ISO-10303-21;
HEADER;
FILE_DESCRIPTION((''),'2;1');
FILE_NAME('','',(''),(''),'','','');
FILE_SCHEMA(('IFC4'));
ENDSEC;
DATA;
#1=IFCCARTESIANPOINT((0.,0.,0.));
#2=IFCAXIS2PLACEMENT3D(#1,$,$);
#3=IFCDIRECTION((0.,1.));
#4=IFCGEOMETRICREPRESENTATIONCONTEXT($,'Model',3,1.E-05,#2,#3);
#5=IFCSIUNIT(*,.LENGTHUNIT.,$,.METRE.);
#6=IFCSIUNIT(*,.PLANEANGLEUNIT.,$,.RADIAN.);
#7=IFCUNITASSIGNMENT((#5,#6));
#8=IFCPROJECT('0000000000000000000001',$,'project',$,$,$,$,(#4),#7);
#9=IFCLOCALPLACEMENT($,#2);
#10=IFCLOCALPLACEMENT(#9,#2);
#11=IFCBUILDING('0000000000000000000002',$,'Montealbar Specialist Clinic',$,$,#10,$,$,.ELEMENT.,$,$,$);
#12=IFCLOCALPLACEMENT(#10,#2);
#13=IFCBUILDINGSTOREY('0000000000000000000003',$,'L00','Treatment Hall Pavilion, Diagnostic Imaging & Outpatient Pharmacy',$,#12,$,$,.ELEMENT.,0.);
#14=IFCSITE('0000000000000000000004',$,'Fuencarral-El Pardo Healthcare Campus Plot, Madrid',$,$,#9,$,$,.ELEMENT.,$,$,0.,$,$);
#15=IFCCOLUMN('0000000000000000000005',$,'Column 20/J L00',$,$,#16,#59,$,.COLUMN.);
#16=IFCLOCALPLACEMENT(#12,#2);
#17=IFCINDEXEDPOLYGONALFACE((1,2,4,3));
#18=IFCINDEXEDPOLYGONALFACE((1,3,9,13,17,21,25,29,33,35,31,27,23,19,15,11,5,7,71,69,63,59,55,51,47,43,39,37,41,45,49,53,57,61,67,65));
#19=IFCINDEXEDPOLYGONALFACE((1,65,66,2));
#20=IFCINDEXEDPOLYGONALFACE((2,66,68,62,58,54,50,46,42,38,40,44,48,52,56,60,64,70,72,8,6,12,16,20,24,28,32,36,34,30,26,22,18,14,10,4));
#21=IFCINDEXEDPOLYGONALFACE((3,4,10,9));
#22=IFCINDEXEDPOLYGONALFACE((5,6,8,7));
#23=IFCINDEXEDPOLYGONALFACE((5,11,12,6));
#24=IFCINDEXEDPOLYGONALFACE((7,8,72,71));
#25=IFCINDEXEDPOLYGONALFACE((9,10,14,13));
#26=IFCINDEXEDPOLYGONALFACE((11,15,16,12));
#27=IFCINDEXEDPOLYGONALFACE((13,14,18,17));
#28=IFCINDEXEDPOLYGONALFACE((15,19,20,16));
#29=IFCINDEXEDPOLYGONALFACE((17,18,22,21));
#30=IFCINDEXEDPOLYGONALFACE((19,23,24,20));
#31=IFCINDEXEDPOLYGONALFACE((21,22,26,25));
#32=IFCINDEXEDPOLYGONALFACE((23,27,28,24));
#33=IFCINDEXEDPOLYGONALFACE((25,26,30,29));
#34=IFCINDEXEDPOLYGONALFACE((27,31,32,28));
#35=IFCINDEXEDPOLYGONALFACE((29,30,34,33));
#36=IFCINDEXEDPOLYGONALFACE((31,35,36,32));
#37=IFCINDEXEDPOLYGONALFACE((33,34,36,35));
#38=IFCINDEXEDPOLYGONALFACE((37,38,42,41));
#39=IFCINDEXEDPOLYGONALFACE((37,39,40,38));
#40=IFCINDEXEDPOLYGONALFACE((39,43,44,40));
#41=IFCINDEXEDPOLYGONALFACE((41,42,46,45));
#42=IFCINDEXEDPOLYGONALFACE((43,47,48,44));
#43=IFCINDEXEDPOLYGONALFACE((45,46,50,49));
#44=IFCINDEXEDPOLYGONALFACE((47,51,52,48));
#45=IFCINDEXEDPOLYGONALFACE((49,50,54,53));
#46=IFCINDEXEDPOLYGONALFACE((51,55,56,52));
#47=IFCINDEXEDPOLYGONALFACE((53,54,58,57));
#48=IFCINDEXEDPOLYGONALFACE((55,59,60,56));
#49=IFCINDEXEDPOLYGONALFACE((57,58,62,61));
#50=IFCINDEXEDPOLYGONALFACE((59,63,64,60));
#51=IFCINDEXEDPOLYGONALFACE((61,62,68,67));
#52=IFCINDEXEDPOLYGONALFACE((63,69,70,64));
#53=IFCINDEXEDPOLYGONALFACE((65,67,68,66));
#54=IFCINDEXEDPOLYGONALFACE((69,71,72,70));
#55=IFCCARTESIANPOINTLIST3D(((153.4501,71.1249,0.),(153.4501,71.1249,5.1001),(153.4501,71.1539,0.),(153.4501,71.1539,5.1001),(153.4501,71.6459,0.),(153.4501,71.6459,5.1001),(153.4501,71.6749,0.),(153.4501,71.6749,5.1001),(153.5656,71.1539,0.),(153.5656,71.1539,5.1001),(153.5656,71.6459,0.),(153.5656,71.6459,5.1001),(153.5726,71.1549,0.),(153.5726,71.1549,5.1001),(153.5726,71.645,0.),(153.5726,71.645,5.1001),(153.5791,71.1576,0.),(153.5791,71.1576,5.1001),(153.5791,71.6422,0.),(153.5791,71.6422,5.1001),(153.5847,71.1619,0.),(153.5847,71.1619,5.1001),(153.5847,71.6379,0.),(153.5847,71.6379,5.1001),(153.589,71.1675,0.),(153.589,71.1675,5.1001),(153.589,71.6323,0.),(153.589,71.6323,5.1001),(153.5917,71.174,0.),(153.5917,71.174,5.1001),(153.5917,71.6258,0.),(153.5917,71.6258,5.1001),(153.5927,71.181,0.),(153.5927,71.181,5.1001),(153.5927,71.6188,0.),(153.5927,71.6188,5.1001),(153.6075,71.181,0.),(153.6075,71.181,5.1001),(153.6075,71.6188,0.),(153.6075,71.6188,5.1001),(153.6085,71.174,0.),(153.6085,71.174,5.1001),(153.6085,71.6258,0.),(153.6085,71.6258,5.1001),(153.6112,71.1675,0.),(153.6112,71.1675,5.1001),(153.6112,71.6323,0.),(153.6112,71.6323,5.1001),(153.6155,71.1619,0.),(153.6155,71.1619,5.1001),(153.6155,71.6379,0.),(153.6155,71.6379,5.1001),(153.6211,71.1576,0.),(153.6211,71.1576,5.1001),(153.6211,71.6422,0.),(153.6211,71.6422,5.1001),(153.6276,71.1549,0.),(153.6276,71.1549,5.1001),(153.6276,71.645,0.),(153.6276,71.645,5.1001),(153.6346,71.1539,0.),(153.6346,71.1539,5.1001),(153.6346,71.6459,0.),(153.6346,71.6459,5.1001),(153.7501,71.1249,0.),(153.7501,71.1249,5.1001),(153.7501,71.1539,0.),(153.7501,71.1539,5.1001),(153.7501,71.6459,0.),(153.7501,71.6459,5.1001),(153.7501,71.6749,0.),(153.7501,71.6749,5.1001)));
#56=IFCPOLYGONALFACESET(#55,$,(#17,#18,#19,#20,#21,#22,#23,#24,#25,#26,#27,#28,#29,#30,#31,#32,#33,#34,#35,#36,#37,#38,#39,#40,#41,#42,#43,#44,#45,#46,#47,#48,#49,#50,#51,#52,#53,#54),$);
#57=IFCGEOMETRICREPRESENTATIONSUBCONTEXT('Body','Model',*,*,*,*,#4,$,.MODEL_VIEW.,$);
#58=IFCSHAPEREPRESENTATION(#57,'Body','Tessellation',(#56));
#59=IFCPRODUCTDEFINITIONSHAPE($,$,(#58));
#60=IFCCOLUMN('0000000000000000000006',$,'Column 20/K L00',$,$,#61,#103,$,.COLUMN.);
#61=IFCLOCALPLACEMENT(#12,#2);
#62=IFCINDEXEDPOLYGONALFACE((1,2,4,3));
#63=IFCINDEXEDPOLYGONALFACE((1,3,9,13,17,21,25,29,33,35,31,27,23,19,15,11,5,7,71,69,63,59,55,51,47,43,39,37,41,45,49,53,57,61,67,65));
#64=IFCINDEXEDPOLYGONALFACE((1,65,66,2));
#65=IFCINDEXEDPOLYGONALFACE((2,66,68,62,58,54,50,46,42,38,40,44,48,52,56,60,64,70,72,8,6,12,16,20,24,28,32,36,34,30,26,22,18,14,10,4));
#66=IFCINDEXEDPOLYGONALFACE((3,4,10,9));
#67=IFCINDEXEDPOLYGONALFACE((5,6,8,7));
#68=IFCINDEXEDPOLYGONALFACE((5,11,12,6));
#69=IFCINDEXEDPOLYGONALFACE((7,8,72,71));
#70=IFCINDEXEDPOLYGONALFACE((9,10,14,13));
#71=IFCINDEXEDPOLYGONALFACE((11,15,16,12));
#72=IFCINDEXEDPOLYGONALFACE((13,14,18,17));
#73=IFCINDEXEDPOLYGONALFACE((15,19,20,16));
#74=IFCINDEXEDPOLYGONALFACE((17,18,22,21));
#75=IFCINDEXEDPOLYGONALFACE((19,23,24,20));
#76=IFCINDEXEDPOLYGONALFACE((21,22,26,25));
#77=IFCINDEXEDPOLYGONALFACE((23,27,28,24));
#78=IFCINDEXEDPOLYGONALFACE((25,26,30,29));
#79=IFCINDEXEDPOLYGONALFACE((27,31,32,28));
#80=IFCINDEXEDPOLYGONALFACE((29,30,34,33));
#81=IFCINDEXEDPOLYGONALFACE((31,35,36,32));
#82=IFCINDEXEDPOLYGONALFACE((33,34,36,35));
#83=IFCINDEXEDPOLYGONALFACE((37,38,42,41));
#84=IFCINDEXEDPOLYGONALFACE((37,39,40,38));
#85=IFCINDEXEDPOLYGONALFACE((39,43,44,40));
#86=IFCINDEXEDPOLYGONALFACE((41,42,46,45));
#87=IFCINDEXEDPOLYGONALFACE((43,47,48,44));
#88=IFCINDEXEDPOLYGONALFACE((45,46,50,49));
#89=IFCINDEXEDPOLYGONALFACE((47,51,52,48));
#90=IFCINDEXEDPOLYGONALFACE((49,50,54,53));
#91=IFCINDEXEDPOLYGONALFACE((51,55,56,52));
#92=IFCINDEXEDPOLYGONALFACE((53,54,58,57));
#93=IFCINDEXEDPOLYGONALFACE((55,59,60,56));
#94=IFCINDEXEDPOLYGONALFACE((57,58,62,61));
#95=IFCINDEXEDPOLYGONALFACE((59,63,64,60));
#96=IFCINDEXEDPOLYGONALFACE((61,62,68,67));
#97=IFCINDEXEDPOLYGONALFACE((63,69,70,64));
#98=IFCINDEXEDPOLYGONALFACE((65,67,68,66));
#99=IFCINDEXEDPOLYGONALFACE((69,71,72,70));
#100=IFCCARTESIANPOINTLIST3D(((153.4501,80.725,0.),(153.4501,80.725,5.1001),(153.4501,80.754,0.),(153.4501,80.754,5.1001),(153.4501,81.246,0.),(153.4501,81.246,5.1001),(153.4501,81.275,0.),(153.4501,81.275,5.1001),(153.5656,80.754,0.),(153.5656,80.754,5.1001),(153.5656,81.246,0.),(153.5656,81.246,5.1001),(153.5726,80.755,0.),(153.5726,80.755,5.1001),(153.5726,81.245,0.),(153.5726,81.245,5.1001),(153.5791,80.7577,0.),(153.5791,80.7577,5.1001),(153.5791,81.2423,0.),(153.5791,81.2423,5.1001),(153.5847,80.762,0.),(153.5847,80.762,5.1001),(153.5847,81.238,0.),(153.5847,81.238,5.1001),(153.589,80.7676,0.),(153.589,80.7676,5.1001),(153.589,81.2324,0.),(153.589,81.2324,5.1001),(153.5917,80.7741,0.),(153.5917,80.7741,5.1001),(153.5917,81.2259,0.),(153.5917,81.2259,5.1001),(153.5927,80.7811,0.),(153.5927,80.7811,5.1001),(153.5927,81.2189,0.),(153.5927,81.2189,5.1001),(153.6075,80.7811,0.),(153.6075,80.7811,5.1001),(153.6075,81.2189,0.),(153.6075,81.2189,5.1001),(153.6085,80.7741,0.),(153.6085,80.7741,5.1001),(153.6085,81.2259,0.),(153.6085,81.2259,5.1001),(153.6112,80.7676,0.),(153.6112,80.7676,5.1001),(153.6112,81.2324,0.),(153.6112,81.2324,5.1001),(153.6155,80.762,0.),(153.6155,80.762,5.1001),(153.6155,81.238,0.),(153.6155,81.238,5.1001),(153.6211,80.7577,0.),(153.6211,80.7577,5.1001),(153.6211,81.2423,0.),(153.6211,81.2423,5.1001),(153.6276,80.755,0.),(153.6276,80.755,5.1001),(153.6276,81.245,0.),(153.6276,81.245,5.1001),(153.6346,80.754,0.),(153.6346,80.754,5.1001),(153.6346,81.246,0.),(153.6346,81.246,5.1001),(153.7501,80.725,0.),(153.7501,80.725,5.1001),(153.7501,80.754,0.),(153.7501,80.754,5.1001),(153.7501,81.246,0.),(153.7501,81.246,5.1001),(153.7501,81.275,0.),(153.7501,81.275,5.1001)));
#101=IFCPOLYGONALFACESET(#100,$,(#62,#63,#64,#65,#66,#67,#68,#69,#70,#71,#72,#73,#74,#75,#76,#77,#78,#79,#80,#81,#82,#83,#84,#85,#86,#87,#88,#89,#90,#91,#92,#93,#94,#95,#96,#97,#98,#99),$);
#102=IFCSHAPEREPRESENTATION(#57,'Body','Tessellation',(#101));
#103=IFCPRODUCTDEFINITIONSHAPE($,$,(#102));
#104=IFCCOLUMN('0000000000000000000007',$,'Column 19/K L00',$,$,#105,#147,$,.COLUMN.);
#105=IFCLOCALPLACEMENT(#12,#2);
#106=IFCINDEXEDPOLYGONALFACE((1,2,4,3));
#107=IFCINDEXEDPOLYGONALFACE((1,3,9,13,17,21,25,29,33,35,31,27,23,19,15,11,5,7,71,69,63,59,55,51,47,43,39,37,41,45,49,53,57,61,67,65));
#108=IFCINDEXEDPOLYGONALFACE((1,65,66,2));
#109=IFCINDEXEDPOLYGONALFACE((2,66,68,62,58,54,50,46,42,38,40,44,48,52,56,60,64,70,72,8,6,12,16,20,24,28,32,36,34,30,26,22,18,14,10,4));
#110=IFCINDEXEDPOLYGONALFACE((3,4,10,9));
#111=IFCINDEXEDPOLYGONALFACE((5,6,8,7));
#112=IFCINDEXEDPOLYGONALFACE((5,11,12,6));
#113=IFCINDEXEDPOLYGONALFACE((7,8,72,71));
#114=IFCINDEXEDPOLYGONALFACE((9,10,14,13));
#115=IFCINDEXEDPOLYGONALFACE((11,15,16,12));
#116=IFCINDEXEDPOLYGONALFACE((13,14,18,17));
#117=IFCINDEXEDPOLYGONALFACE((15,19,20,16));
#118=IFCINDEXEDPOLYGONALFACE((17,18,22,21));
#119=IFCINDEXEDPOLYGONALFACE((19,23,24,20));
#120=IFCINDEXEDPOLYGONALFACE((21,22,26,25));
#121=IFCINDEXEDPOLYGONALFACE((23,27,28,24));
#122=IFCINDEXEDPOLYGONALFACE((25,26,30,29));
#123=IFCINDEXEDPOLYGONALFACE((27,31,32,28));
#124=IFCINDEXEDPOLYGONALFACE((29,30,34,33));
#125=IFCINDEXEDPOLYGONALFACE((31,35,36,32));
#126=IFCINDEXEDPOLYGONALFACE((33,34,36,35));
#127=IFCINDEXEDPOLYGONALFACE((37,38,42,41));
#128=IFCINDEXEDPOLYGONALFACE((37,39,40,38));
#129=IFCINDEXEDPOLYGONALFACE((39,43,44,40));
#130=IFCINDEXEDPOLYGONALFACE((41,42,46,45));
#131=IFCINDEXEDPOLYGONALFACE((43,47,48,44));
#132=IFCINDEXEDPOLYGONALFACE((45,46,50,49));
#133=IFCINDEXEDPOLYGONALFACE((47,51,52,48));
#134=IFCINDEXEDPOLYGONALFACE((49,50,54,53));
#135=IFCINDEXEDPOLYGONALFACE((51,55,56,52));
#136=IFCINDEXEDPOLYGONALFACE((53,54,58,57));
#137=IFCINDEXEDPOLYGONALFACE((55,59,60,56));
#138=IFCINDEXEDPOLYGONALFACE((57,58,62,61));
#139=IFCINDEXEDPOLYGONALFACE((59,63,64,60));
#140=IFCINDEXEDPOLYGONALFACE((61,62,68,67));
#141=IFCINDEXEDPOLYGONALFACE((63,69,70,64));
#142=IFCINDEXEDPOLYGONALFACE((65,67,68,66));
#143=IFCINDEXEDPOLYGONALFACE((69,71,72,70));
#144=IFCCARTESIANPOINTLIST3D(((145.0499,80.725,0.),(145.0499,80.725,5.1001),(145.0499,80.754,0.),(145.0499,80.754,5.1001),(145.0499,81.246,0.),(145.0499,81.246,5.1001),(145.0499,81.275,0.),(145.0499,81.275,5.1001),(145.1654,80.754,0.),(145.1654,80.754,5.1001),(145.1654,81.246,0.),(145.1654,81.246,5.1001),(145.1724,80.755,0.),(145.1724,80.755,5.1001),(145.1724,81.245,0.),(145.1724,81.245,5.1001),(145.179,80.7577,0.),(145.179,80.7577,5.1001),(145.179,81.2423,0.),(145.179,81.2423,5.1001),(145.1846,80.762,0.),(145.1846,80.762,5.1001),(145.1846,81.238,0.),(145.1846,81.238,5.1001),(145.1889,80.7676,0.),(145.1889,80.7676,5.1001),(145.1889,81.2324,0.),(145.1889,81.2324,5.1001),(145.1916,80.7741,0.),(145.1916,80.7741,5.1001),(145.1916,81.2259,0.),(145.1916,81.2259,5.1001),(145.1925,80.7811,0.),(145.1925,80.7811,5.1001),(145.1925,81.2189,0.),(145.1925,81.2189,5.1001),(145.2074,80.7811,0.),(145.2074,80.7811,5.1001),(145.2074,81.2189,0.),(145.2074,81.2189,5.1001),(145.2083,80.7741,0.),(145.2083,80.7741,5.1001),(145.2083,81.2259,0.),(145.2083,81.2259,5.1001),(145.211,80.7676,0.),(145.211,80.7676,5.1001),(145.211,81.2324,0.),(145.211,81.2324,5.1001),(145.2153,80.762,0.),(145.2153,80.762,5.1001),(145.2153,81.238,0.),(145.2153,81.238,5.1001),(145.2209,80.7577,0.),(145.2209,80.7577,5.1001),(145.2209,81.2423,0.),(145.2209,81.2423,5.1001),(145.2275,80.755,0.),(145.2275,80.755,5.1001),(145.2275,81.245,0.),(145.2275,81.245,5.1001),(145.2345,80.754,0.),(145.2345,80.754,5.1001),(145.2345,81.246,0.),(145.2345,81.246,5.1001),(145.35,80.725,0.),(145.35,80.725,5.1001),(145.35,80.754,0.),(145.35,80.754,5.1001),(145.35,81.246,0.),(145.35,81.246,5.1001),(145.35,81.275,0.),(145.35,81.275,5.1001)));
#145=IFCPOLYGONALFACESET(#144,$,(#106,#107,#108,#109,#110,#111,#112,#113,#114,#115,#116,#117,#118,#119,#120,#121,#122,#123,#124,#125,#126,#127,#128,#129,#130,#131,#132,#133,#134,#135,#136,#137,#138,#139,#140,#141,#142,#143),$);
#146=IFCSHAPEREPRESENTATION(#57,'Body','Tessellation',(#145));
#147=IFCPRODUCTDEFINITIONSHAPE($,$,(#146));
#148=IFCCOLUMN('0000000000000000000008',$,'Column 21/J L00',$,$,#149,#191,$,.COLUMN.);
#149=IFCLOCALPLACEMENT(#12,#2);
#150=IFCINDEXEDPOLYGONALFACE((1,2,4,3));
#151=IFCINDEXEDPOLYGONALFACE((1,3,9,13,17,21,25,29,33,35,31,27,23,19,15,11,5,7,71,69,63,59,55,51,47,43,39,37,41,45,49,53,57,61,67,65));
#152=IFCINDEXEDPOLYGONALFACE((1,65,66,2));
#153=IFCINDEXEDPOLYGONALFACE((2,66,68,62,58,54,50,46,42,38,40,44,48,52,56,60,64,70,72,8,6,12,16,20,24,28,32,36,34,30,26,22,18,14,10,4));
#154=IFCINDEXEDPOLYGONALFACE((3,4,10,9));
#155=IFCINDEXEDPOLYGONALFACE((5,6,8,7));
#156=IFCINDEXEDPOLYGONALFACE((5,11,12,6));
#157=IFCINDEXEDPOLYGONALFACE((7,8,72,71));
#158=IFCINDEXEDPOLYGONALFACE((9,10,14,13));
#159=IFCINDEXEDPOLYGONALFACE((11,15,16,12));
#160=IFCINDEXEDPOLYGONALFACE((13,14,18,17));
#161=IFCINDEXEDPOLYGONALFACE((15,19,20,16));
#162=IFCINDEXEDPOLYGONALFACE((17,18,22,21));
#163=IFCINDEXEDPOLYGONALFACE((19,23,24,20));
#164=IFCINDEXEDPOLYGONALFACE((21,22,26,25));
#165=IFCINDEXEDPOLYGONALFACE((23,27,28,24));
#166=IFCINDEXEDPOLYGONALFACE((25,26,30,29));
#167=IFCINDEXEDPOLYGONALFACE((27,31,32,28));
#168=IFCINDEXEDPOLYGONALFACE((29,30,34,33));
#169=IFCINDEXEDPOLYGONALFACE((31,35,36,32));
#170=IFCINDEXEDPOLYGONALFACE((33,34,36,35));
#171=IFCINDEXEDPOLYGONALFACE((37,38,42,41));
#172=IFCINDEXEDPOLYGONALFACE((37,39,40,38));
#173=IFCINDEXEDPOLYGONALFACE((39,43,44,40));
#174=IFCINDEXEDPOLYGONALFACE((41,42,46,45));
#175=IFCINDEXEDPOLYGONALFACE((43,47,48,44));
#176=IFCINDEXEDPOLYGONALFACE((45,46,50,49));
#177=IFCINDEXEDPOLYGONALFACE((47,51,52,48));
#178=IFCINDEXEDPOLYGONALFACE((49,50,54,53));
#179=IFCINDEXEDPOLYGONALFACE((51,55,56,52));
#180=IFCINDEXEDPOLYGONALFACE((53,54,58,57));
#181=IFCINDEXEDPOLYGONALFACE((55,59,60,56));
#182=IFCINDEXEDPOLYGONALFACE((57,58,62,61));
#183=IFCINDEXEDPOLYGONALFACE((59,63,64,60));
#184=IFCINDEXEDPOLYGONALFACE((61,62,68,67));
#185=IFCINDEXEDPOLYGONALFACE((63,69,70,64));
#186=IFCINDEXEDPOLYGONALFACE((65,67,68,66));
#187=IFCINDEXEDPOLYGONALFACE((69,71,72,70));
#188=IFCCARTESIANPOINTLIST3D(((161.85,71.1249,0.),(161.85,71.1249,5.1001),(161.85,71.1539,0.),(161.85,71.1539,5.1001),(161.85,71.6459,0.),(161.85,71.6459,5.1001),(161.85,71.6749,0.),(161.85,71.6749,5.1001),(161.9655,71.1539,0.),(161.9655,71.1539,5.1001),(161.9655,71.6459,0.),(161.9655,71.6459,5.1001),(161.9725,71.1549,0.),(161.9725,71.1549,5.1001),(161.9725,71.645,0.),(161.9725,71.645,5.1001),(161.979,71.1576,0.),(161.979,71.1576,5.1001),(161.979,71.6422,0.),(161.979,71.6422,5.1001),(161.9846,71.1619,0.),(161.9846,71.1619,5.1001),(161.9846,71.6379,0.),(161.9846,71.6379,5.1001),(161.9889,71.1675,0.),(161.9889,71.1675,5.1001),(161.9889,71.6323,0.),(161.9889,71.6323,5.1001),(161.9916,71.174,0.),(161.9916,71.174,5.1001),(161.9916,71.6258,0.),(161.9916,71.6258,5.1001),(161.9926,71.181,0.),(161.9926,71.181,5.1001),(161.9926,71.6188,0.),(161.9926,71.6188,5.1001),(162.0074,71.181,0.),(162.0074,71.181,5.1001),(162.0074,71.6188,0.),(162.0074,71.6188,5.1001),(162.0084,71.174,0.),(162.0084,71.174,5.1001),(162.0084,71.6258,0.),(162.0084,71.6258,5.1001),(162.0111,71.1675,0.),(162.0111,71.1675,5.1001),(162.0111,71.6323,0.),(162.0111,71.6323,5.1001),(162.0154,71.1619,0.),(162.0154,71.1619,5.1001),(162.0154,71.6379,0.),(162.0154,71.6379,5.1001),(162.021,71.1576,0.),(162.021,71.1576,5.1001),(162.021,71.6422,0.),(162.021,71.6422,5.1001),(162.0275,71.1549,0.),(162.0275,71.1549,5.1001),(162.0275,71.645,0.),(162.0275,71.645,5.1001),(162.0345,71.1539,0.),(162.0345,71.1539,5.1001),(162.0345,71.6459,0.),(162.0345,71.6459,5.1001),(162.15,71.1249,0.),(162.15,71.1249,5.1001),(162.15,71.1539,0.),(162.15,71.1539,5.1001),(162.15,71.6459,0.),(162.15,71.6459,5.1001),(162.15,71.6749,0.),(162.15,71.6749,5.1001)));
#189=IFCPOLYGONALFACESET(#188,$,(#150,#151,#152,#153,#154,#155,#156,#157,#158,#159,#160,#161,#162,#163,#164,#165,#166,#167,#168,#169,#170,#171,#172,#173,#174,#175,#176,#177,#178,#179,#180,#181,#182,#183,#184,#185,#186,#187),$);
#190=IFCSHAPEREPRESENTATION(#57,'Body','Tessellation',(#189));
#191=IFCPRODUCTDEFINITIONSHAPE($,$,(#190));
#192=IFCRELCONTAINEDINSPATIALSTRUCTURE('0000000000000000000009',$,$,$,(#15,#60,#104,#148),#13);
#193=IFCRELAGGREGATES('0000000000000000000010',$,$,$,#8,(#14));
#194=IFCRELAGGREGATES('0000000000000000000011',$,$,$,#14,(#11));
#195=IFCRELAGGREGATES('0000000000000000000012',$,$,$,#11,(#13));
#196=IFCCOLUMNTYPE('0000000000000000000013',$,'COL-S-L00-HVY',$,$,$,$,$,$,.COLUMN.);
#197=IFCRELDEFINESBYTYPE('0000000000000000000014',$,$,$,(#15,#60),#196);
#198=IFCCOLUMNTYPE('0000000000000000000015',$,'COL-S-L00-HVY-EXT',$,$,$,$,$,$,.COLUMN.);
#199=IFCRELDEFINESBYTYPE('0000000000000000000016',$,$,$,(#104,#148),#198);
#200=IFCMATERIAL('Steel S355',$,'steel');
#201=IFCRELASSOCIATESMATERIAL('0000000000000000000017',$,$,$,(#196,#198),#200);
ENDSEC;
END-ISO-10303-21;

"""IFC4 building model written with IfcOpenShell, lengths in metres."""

from ifc_helpers import new_model, si_unit, direction, frame, origin, origin_2d, place, context, subcontext, project, spatial, i_section, extrude, material, material_profile, profile_set, type_object, element, save


model = new_model("IFC4")

# Units and contexts
model_context = context("Model", 3, precision=1e-05, world=origin(), true_north=direction((0.0, 1.0)))
body_context = subcontext(model_context, "Body", "Model", "MODEL_VIEW")
ifc_project = project(units=[si_unit("LENGTHUNIT", "METRE"), si_unit("PLANEANGLEUNIT", "RADIAN")], contexts=[model_context])

# Site, building, storey
site_placement = place(None, origin())
site = spatial("IfcSite", under=ifc_project, at=site_placement, Name="Fuencarral-El Pardo Healthcare Campus Plot, Madrid", CompositionType="ELEMENT", RefElevation=0.0)
building_placement = place(site_placement, origin())
building = spatial("IfcBuilding", under=site, at=building_placement, Name="Montealbar Specialist Clinic", CompositionType="ELEMENT")
storey_placement = place(building_placement, origin())
storey = spatial("IfcBuildingStorey", under=building, at=storey_placement, Name="L00", Description="Treatment Hall Pavilion, Diagnostic Imaging & Outpatient Pharmacy", CompositionType="ELEMENT", Elevation=0.0)

# Columns
ifc_material_1 = material(Name="Steel S355", Category="steel")
ifc_material_profile_1 = material_profile(ifc_material_1, i_section(OverallWidth=0.3, OverallDepth=0.55, WebThickness=0.0149, FlangeThickness=0.0291, FilletRadius=0.0271, at=origin_2d()), Name="HEB 550", Category="steel")
ifc_profile_set_1 = profile_set([ifc_material_profile_1], Name="Steel S355")
column_type_1 = type_object("IfcColumnType", Name="COL-S-L00-HVY", PredefinedType="COLUMN", material=ifc_profile_set_1)
for number, where, z_axis, x_axis, name in (
    (1, (153.6001, 71.3999, 0.0), (0.0, 0.0, 1.0), (1.0, 0.0, 0.0), "Column 20/J L00"),
    (2, (153.6001, 81.0, 0.0), (0.0, 0.0, 1.0), (1.0, 0.0, 0.0), "Column 20/K L00"),
):
    element("IfcColumn", number, at=place(storey_placement, frame(where, z_axis=z_axis, x_axis=x_axis)), inside=storey, type_object=column_type_1, Name=name, PredefinedType="COLUMN", context=body_context, shape_type="SweptSolid", body=[
        extrude(i_section(OverallWidth=0.3, OverallDepth=0.55, WebThickness=0.0149, FlangeThickness=0.0291, FilletRadius=0.0271, at=origin_2d()), origin(), (0.0, 0.0, 1.0), 5.1001),
    ])
ifc_material_profile_2 = material_profile(ifc_material_1, i_section(OverallWidth=0.3, OverallDepth=0.55, WebThickness=0.0149, FlangeThickness=0.0291, FilletRadius=0.0271, at=origin_2d()), Name="HEB 550", Category="steel")
ifc_profile_set_2 = profile_set([ifc_material_profile_2], Name="Steel S355")
column_type_2 = type_object("IfcColumnType", Name="COL-S-L00-HVY-EXT", PredefinedType="COLUMN", material=ifc_profile_set_2)
for number, where, z_axis, x_axis, name in (
    (3, (145.2, 81.0, 0.0), (0.0, 0.0, 1.0), (1.0, 0.0, 0.0), "Column 19/K L00"),
    (4, (162.0, 71.3999, 0.0), (0.0, 0.0, 1.0), (1.0, 0.0, 0.0), "Column 21/J L00"),
):
    element("IfcColumn", number, at=place(storey_placement, frame(where, z_axis=z_axis, x_axis=x_axis)), inside=storey, type_object=column_type_2, Name=name, PredefinedType="COLUMN", context=body_context, shape_type="SweptSolid", body=[
        extrude(i_section(OverallWidth=0.3, OverallDepth=0.55, WebThickness=0.0149, FlangeThickness=0.0291, FilletRadius=0.0271, at=origin_2d()), origin(), (0.0, 0.0, 1.0), 5.1001),
    ])

save(model, "model.ifc")
